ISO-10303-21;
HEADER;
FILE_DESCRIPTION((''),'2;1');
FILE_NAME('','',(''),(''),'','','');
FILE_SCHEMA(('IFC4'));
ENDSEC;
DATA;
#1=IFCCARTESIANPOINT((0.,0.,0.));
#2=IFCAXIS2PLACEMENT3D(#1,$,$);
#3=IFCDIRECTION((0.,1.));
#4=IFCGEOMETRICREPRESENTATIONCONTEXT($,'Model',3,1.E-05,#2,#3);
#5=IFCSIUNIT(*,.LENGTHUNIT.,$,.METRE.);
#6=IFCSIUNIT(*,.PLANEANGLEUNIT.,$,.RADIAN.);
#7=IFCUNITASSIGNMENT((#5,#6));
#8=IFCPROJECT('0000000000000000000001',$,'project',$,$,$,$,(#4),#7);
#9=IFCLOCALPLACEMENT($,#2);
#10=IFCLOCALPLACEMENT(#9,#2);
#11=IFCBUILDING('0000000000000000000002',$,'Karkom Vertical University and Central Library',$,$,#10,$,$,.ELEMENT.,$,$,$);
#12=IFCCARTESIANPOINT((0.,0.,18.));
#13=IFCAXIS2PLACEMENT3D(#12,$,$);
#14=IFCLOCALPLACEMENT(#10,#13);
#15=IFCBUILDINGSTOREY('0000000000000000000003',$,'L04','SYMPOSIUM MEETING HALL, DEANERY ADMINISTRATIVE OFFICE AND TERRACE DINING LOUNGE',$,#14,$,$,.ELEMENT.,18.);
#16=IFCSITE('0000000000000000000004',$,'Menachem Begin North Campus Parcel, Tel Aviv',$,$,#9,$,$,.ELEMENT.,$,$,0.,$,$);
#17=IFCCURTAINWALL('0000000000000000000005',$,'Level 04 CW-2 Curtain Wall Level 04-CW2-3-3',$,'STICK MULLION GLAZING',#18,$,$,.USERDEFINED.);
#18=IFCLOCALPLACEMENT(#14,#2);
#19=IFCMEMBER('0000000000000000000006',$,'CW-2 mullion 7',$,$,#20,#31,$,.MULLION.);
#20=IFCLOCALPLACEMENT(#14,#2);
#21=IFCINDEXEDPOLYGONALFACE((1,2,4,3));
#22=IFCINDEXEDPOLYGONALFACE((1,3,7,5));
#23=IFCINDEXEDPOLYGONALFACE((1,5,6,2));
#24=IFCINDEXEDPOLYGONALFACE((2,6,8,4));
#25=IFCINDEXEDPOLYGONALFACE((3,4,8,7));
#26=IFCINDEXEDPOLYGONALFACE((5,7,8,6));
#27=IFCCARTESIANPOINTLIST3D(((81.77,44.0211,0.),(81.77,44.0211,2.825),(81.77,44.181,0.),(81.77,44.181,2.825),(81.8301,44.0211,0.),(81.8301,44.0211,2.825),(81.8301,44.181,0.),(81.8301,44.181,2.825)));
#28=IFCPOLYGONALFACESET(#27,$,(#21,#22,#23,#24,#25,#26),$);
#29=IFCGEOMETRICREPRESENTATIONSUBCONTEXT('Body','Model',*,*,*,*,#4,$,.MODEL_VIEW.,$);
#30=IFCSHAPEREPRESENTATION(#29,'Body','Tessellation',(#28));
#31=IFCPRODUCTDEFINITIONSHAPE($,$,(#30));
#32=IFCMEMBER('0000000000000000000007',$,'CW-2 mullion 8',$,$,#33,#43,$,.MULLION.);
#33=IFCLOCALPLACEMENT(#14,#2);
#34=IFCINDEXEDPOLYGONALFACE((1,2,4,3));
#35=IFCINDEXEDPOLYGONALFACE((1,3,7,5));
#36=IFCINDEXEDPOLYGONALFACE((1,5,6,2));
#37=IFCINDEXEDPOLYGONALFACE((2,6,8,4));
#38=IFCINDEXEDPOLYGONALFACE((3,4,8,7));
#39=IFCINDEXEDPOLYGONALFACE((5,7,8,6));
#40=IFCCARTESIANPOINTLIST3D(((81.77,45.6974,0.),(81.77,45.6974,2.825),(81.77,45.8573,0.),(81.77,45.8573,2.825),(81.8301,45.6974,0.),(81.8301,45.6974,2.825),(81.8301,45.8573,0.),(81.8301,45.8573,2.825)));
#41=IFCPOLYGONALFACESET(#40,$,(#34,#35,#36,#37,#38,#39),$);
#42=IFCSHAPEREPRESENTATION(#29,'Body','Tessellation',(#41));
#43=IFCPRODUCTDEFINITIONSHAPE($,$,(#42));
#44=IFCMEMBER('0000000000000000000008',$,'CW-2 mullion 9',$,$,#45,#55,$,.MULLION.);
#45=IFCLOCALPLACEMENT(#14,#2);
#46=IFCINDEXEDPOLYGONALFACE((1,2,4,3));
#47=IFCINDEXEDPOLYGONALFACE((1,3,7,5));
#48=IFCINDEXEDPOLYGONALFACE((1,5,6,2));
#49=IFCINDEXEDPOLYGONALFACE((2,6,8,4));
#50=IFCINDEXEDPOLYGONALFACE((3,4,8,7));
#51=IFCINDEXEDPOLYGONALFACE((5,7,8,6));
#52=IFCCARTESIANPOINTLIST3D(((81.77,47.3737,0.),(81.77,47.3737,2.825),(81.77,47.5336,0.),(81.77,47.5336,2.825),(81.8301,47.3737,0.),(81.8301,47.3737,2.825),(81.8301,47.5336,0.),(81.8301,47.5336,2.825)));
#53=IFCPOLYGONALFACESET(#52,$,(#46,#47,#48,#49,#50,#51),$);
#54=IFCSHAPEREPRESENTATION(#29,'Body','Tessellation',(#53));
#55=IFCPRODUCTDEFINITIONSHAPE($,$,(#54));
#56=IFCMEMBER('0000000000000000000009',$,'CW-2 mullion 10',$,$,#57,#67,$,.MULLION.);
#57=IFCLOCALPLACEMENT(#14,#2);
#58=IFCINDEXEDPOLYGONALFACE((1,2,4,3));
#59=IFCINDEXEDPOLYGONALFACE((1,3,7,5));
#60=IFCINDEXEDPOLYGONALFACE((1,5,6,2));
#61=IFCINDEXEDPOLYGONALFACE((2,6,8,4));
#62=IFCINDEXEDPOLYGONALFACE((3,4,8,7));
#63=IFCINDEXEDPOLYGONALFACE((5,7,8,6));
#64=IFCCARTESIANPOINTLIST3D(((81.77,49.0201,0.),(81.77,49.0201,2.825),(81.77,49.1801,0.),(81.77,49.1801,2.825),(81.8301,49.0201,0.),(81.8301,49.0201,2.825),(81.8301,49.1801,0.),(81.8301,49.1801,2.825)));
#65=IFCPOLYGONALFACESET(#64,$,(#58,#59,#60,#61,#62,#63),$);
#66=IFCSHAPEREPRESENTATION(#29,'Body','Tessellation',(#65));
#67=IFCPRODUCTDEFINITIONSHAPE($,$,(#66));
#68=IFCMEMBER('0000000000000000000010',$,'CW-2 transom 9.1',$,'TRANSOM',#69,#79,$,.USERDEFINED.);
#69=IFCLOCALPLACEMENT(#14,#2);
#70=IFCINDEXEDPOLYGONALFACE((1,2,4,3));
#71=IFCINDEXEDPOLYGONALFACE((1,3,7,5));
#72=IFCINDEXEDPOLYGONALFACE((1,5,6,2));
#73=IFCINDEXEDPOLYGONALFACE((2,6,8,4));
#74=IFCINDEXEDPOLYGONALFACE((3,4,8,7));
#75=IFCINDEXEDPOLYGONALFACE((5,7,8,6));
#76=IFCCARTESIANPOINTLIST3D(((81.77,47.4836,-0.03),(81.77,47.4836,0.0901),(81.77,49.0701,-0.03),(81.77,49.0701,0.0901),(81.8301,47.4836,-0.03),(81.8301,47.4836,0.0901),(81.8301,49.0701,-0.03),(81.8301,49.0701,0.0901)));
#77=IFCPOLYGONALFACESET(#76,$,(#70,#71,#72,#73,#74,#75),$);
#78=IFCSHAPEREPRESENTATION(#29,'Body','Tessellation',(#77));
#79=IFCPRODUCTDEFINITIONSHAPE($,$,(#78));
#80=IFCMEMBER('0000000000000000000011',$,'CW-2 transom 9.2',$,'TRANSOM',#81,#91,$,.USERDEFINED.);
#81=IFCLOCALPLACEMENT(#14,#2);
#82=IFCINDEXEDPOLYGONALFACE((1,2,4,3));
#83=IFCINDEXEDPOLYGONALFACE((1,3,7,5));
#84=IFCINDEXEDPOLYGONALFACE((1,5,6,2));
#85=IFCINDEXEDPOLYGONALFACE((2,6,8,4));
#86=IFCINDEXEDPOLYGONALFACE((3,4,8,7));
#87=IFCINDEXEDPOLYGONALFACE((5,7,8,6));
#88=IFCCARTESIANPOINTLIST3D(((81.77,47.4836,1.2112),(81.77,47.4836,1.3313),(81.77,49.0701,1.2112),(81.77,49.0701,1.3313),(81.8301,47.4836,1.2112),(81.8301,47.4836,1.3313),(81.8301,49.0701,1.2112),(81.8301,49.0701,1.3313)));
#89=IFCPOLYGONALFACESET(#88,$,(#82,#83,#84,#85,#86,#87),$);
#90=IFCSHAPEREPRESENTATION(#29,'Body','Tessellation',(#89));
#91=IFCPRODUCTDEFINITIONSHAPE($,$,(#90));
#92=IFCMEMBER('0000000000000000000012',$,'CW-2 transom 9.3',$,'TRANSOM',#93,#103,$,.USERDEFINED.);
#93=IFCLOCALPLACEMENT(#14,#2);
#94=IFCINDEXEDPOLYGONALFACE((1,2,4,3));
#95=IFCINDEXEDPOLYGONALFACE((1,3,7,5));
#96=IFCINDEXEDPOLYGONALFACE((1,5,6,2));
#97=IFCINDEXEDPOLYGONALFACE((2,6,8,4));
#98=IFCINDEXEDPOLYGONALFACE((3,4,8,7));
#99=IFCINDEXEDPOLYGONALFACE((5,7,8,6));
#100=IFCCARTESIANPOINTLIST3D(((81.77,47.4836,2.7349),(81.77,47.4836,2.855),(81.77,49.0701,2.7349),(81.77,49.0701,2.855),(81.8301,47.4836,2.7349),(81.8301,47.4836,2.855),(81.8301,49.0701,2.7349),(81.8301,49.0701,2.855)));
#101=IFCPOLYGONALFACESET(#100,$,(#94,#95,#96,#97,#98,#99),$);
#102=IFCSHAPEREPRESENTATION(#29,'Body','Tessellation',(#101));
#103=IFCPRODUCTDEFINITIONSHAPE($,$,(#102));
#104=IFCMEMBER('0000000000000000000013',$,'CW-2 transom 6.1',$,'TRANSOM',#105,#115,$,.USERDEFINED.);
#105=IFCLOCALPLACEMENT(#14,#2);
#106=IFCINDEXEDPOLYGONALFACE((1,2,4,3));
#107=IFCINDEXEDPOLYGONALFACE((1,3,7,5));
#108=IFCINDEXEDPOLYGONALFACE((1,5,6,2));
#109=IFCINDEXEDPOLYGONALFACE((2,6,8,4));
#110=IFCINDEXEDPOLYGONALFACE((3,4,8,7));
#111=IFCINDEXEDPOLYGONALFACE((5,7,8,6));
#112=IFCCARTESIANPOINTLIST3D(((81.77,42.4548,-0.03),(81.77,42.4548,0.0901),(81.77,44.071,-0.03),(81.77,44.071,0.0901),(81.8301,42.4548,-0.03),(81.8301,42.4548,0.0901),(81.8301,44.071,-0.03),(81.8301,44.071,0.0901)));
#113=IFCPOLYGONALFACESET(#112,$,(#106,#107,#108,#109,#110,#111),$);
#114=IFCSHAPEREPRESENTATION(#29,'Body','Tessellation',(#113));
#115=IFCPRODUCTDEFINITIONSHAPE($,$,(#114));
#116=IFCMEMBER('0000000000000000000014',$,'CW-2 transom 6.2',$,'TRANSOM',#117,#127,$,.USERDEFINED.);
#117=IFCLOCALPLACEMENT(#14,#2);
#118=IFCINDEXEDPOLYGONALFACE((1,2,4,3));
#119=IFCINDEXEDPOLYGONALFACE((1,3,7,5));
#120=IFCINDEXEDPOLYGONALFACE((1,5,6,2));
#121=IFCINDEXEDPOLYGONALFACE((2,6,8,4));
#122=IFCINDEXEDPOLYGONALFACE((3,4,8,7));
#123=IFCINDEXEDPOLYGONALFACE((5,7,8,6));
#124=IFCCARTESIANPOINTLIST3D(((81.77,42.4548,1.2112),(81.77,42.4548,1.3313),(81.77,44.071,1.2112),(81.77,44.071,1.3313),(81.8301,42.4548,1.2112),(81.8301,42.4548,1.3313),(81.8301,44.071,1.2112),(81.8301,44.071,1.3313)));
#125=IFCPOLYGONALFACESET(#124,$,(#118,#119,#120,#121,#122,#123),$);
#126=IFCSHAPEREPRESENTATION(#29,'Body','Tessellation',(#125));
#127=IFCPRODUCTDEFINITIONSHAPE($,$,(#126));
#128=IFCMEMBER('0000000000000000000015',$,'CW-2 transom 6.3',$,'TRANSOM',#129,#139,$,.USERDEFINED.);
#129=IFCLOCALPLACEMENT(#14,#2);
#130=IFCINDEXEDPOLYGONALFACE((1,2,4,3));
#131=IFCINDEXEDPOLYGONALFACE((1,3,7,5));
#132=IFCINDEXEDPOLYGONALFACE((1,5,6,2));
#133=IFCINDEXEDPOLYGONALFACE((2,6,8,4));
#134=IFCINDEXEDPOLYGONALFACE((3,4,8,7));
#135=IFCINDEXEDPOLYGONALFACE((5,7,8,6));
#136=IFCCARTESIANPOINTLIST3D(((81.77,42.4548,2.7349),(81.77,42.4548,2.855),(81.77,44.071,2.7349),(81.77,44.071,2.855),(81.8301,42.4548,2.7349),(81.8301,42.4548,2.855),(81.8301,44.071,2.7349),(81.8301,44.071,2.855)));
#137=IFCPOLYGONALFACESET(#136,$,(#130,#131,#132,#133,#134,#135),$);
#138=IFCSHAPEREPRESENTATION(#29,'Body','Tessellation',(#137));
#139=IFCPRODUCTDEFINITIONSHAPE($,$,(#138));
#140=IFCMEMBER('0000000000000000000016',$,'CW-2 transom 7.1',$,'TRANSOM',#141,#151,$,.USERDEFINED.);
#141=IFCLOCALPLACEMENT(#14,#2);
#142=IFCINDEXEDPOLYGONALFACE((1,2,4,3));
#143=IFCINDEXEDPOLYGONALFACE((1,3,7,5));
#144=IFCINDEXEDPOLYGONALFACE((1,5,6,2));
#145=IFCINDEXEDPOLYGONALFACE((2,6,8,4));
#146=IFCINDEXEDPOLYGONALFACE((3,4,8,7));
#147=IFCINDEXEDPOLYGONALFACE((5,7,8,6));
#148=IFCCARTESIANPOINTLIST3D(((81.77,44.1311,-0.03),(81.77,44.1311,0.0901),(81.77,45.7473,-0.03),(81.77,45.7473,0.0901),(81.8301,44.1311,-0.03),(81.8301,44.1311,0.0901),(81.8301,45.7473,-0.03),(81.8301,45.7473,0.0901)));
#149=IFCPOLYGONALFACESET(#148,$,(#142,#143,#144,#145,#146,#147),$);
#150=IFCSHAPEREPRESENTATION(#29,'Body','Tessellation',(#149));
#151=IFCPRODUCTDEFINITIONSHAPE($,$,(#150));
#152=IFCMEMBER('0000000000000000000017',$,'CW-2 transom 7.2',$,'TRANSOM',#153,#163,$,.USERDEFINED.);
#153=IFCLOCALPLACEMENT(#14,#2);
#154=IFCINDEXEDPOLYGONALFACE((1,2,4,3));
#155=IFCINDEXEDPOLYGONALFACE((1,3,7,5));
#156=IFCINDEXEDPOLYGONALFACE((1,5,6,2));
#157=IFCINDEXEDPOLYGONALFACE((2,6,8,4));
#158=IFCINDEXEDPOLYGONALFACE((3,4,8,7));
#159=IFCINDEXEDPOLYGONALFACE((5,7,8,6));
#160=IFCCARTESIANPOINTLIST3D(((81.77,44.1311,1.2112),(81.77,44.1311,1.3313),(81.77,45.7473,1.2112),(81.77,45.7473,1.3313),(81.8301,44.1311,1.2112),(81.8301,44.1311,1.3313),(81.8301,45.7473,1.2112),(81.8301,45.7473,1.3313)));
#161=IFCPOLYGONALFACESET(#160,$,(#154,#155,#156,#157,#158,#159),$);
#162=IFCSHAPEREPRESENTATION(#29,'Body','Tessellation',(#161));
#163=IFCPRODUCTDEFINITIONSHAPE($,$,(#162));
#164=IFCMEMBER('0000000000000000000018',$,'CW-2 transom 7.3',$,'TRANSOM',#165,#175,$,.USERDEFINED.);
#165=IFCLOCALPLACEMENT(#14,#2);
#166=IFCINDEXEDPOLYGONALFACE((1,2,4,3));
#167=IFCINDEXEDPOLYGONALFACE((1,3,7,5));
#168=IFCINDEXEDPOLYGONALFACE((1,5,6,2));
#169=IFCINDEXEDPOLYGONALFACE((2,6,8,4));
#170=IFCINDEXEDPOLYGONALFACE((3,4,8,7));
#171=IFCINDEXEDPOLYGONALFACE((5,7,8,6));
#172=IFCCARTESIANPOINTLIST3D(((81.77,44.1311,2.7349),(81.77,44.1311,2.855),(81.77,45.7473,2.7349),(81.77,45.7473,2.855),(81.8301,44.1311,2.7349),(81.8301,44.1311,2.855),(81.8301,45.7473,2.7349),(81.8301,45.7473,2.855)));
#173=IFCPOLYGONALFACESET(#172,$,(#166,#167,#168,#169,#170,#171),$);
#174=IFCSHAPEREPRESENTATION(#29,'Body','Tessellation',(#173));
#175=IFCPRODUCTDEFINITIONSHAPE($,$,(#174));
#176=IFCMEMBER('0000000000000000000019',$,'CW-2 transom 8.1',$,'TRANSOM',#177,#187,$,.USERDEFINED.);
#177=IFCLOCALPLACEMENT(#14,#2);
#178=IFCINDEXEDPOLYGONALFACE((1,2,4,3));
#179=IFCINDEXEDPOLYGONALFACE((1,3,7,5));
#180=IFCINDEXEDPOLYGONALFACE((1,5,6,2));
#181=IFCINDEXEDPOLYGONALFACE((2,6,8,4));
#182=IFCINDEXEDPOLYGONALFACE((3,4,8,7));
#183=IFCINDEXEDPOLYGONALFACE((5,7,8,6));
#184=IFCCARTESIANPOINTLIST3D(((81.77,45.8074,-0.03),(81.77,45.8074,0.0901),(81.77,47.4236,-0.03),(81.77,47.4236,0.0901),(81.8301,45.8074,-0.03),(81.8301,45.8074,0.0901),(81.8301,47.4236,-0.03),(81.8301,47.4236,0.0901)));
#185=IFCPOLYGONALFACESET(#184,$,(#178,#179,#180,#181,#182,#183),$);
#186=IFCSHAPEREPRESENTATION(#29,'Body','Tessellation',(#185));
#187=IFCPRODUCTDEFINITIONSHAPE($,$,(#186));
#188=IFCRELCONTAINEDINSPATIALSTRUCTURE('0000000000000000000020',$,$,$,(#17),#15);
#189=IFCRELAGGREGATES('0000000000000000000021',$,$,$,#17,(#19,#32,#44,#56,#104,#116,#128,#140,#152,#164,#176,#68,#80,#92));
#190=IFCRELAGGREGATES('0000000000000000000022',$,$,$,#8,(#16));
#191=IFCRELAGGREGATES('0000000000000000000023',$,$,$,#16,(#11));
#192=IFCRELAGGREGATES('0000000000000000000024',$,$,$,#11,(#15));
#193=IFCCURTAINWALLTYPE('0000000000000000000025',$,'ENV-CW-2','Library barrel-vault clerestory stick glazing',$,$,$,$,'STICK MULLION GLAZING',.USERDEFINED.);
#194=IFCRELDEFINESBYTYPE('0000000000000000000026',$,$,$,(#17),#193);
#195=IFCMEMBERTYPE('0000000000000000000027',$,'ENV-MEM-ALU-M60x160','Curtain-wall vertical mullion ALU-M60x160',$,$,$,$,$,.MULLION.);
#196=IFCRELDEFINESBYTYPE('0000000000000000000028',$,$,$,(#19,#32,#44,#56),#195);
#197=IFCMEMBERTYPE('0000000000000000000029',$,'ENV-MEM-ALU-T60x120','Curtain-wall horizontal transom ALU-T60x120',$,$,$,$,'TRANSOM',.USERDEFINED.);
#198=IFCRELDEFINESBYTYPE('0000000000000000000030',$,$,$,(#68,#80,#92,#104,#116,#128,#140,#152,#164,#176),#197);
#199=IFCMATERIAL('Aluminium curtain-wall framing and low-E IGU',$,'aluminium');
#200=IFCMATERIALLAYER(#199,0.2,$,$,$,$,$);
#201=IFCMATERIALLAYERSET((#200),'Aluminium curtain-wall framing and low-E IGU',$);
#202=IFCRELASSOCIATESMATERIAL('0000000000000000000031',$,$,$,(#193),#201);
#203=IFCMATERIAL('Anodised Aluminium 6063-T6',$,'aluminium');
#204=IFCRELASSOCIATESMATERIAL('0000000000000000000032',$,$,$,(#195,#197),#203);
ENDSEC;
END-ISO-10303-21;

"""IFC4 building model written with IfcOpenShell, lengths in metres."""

from ifc_helpers import new_model, si_unit, direction, frame, origin, origin_with_axes, origin_2d, place, context, subcontext, project, spatial, rectangle, extrude, source, transform, mapped, material, layer, layer_set, material_profile, profile_set, type_object, element, aggregate, save


model = new_model("IFC4")

# Units and contexts
model_context = context("Model", 3, precision=1e-05, world=origin(), true_north=direction((0.0, 1.0)))
body_context = subcontext(model_context, "Body", "Model", "MODEL_VIEW")
ifc_project = project(units=[si_unit("LENGTHUNIT", "METRE"), si_unit("PLANEANGLEUNIT", "RADIAN")], contexts=[model_context])

# Site, building, storey
site_placement = place(None, origin())
site = spatial("IfcSite", under=ifc_project, at=site_placement, Name="Menachem Begin North Campus Parcel, Tel Aviv", CompositionType="ELEMENT", RefElevation=0.0)
building_placement = place(site_placement, origin())
building = spatial("IfcBuilding", under=site, at=building_placement, Name="Karkom Vertical University and Central Library", CompositionType="ELEMENT")
storey_placement = place(building_placement, frame((0.0, 0.0, 18.0)))
storey = spatial("IfcBuildingStorey", under=building, at=storey_placement, Name="L04", Description="SYMPOSIUM MEETING HALL, DEANERY ADMINISTRATIVE OFFICE AND TERRACE DINING LOUNGE", CompositionType="ELEMENT", Elevation=18.0)

# Curtain wall, members
ifc_material_1 = material(Name="Aluminium curtain-wall framing and low-E IGU", Category="aluminium")
ifc_layer_1 = layer(ifc_material_1, 0.2)
ifc_layer_set_1 = layer_set([ifc_layer_1], Name="Aluminium curtain-wall framing and low-E IGU")
curtain_wall_type = type_object("IfcCurtainWallType", Name="ENV-CW-2", Description="Library barrel-vault clerestory stick glazing", ElementType="STICK MULLION GLAZING", PredefinedType="USERDEFINED", material=ifc_layer_set_1)
curtain_wall_placement = place(storey_placement, origin())
curtain_wall = element("IfcCurtainWall", 1, at=curtain_wall_placement, inside=storey, type_object=curtain_wall_type, Name="Level 04 CW-2 Curtain Wall Level 04-CW2-3-3", ObjectType="STICK MULLION GLAZING", PredefinedType="USERDEFINED")
ifc_material_2 = material(Name="Anodised Aluminium 6063-T6", Category="aluminium")
ifc_material_profile_1 = material_profile(ifc_material_2, rectangle(XDim=0.0601, YDim=0.1599, at=origin_2d()), Name="ALU-M60x160")
ifc_profile_set_1 = profile_set([ifc_material_profile_1], Name="Anodised Aluminium 6063-T6")
member_type_1 = type_object("IfcMemberType", Name="ENV-MEM-ALU-M60x160", Description="Curtain-wall vertical mullion ALU-M60x160", PredefinedType="MULLION", material=ifc_profile_set_1)
shared_shape_1 = source(origin_with_axes(), body_context, "Body", "SweptSolid", [
    extrude(rectangle(XDim=0.0601, YDim=0.1599, at=origin_2d()), origin(), (0.0, 0.0, 1.0), 2.825),
])
member_1_placement = place(storey_placement, frame((81.8, 44.1011, 0.0), z_axis=(0.0, 0.0, 1.0), x_axis=(-1.0, 0.0, 0.0)))
member_1 = element("IfcMember", 2, at=member_1_placement, type_object=member_type_1, Name="CW-2 mullion 7", PredefinedType="MULLION", context=body_context, shape_type="MappedRepresentation", body=[
    mapped(shared_shape_1, transform((0.0, 0.0, 0.0), scale=1.0)),
])
member_2_placement = place(storey_placement, frame((81.8, 45.7773, 0.0), z_axis=(0.0, 0.0, 1.0), x_axis=(-1.0, 0.0, 0.0)))
member_2 = element("IfcMember", 3, at=member_2_placement, type_object=member_type_1, Name="CW-2 mullion 8", PredefinedType="MULLION", context=body_context, shape_type="MappedRepresentation", body=[
    mapped(shared_shape_1, transform((0.0, 0.0, 0.0), scale=1.0)),
])
member_3_placement = place(storey_placement, frame((81.8, 47.4536, 0.0), z_axis=(0.0, 0.0, 1.0), x_axis=(-1.0, 0.0, 0.0)))
member_3 = element("IfcMember", 4, at=member_3_placement, type_object=member_type_1, Name="CW-2 mullion 9", PredefinedType="MULLION", context=body_context, shape_type="MappedRepresentation", body=[
    mapped(shared_shape_1, transform((0.0, 0.0, 0.0), scale=1.0)),
])
member_4_placement = place(storey_placement, frame((81.8, 49.1001, 0.0), z_axis=(0.0, 0.0, 1.0), x_axis=(-1.0, 0.0, 0.0)))
member_4 = element("IfcMember", 5, at=member_4_placement, type_object=member_type_1, Name="CW-2 mullion 10", PredefinedType="MULLION", context=body_context, shape_type="MappedRepresentation", body=[
    mapped(shared_shape_1, transform((0.0, 0.0, 0.0), scale=1.0)),
])
ifc_material_profile_2 = material_profile(ifc_material_2, rectangle(XDim=0.0601, YDim=0.1201, at=origin_2d()), Name="ALU-T60x120")
ifc_profile_set_2 = profile_set([ifc_material_profile_2], Name="Anodised Aluminium 6063-T6")
member_type_2 = type_object("IfcMemberType", Name="ENV-MEM-ALU-T60x120", Description="Curtain-wall horizontal transom ALU-T60x120", ElementType="TRANSOM", PredefinedType="USERDEFINED", material=ifc_profile_set_2)
shared_shape_2 = source(origin_with_axes(), body_context, "Body", "SweptSolid", [
    extrude(rectangle(XDim=0.0601, YDim=0.1201, at=origin_2d()), origin(), (0.0, 0.0, 1.0), 1.5864),
])
member_5_placement = place(storey_placement, frame((81.8, 47.4836, 0.03), z_axis=(0.0, 1.0, 0.0), x_axis=(-1.0, 0.0, 0.0)))
member_5 = element("IfcMember", 6, at=member_5_placement, type_object=member_type_2, Name="CW-2 transom 9.1", ObjectType="TRANSOM", PredefinedType="USERDEFINED", context=body_context, shape_type="MappedRepresentation", body=[
    mapped(shared_shape_2, transform((0.0, 0.0, 0.0), scale=1.0)),
])
member_6_placement = place(storey_placement, frame((81.8, 47.4836, 1.2712), z_axis=(0.0, 1.0, 0.0), x_axis=(-1.0, 0.0, 0.0)))
member_6 = element("IfcMember", 7, at=member_6_placement, type_object=member_type_2, Name="CW-2 transom 9.2", ObjectType="TRANSOM", PredefinedType="USERDEFINED", context=body_context, shape_type="MappedRepresentation", body=[
    mapped(shared_shape_2, transform((0.0, 0.0, 0.0), scale=1.0)),
])
member_7_placement = place(storey_placement, frame((81.8, 47.4836, 2.7949), z_axis=(0.0, 1.0, 0.0), x_axis=(-1.0, 0.0, 0.0)))
member_7 = element("IfcMember", 8, at=member_7_placement, type_object=member_type_2, Name="CW-2 transom 9.3", ObjectType="TRANSOM", PredefinedType="USERDEFINED", context=body_context, shape_type="MappedRepresentation", body=[
    mapped(shared_shape_2, transform((0.0, 0.0, 0.0), scale=1.0)),
])
shared_shape_3 = source(origin_with_axes(), body_context, "Body", "SweptSolid", [
    extrude(rectangle(XDim=0.0601, YDim=0.1201, at=origin_2d()), origin(), (0.0, 0.0, 1.0), 1.6162),
])
member_8_placement = place(storey_placement, frame((81.8, 42.4548, 0.03), z_axis=(0.0, 1.0, 0.0), x_axis=(-1.0, 0.0, 0.0)))
member_8 = element("IfcMember", 9, at=member_8_placement, type_object=member_type_2, Name="CW-2 transom 6.1", ObjectType="TRANSOM", PredefinedType="USERDEFINED", context=body_context, shape_type="MappedRepresentation", body=[
    mapped(shared_shape_3, transform((0.0, 0.0, 0.0), scale=1.0)),
])
member_9_placement = place(storey_placement, frame((81.8, 42.4548, 1.2712), z_axis=(0.0, 1.0, 0.0), x_axis=(-1.0, 0.0, 0.0)))
member_9 = element("IfcMember", 10, at=member_9_placement, type_object=member_type_2, Name="CW-2 transom 6.2", ObjectType="TRANSOM", PredefinedType="USERDEFINED", context=body_context, shape_type="MappedRepresentation", body=[
    mapped(shared_shape_3, transform((0.0, 0.0, 0.0), scale=1.0)),
])
member_10_placement = place(storey_placement, frame((81.8, 42.4548, 2.7949), z_axis=(0.0, 1.0, 0.0), x_axis=(-1.0, 0.0, 0.0)))
member_10 = element("IfcMember", 11, at=member_10_placement, type_object=member_type_2, Name="CW-2 transom 6.3", ObjectType="TRANSOM", PredefinedType="USERDEFINED", context=body_context, shape_type="MappedRepresentation", body=[
    mapped(shared_shape_3, transform((0.0, 0.0, 0.0), scale=1.0)),
])
member_11_placement = place(storey_placement, frame((81.8, 44.1311, 0.03), z_axis=(0.0, 1.0, 0.0), x_axis=(-1.0, 0.0, 0.0)))
member_11 = element("IfcMember", 12, at=member_11_placement, type_object=member_type_2, Name="CW-2 transom 7.1", ObjectType="TRANSOM", PredefinedType="USERDEFINED", context=body_context, shape_type="MappedRepresentation", body=[
    mapped(shared_shape_3, transform((0.0, 0.0, 0.0), scale=1.0)),
])
member_12_placement = place(storey_placement, frame((81.8, 44.1311, 1.2712), z_axis=(0.0, 1.0, 0.0), x_axis=(-1.0, 0.0, 0.0)))
member_12 = element("IfcMember", 13, at=member_12_placement, type_object=member_type_2, Name="CW-2 transom 7.2", ObjectType="TRANSOM", PredefinedType="USERDEFINED", context=body_context, shape_type="MappedRepresentation", body=[
    mapped(shared_shape_3, transform((0.0, 0.0, 0.0), scale=1.0)),
])
member_13_placement = place(storey_placement, frame((81.8, 44.1311, 2.7949), z_axis=(0.0, 1.0, 0.0), x_axis=(-1.0, 0.0, 0.0)))
member_13 = element("IfcMember", 14, at=member_13_placement, type_object=member_type_2, Name="CW-2 transom 7.3", ObjectType="TRANSOM", PredefinedType="USERDEFINED", context=body_context, shape_type="MappedRepresentation", body=[
    mapped(shared_shape_3, transform((0.0, 0.0, 0.0), scale=1.0)),
])
member_14_placement = place(storey_placement, frame((81.8, 45.8074, 0.03), z_axis=(0.0, 1.0, 0.0), x_axis=(-1.0, 0.0, 0.0)))
member_14 = element("IfcMember", 15, at=member_14_placement, type_object=member_type_2, Name="CW-2 transom 8.1", ObjectType="TRANSOM", PredefinedType="USERDEFINED", context=body_context, shape_type="MappedRepresentation", body=[
    mapped(shared_shape_3, transform((0.0, 0.0, 0.0), scale=1.0)),
])
aggregate(curtain_wall, [member_1, member_2, member_3, member_4, member_8, member_9, member_10, member_11, member_12, member_13, member_14, member_5, member_6, member_7])

save(model, "model.ifc")
